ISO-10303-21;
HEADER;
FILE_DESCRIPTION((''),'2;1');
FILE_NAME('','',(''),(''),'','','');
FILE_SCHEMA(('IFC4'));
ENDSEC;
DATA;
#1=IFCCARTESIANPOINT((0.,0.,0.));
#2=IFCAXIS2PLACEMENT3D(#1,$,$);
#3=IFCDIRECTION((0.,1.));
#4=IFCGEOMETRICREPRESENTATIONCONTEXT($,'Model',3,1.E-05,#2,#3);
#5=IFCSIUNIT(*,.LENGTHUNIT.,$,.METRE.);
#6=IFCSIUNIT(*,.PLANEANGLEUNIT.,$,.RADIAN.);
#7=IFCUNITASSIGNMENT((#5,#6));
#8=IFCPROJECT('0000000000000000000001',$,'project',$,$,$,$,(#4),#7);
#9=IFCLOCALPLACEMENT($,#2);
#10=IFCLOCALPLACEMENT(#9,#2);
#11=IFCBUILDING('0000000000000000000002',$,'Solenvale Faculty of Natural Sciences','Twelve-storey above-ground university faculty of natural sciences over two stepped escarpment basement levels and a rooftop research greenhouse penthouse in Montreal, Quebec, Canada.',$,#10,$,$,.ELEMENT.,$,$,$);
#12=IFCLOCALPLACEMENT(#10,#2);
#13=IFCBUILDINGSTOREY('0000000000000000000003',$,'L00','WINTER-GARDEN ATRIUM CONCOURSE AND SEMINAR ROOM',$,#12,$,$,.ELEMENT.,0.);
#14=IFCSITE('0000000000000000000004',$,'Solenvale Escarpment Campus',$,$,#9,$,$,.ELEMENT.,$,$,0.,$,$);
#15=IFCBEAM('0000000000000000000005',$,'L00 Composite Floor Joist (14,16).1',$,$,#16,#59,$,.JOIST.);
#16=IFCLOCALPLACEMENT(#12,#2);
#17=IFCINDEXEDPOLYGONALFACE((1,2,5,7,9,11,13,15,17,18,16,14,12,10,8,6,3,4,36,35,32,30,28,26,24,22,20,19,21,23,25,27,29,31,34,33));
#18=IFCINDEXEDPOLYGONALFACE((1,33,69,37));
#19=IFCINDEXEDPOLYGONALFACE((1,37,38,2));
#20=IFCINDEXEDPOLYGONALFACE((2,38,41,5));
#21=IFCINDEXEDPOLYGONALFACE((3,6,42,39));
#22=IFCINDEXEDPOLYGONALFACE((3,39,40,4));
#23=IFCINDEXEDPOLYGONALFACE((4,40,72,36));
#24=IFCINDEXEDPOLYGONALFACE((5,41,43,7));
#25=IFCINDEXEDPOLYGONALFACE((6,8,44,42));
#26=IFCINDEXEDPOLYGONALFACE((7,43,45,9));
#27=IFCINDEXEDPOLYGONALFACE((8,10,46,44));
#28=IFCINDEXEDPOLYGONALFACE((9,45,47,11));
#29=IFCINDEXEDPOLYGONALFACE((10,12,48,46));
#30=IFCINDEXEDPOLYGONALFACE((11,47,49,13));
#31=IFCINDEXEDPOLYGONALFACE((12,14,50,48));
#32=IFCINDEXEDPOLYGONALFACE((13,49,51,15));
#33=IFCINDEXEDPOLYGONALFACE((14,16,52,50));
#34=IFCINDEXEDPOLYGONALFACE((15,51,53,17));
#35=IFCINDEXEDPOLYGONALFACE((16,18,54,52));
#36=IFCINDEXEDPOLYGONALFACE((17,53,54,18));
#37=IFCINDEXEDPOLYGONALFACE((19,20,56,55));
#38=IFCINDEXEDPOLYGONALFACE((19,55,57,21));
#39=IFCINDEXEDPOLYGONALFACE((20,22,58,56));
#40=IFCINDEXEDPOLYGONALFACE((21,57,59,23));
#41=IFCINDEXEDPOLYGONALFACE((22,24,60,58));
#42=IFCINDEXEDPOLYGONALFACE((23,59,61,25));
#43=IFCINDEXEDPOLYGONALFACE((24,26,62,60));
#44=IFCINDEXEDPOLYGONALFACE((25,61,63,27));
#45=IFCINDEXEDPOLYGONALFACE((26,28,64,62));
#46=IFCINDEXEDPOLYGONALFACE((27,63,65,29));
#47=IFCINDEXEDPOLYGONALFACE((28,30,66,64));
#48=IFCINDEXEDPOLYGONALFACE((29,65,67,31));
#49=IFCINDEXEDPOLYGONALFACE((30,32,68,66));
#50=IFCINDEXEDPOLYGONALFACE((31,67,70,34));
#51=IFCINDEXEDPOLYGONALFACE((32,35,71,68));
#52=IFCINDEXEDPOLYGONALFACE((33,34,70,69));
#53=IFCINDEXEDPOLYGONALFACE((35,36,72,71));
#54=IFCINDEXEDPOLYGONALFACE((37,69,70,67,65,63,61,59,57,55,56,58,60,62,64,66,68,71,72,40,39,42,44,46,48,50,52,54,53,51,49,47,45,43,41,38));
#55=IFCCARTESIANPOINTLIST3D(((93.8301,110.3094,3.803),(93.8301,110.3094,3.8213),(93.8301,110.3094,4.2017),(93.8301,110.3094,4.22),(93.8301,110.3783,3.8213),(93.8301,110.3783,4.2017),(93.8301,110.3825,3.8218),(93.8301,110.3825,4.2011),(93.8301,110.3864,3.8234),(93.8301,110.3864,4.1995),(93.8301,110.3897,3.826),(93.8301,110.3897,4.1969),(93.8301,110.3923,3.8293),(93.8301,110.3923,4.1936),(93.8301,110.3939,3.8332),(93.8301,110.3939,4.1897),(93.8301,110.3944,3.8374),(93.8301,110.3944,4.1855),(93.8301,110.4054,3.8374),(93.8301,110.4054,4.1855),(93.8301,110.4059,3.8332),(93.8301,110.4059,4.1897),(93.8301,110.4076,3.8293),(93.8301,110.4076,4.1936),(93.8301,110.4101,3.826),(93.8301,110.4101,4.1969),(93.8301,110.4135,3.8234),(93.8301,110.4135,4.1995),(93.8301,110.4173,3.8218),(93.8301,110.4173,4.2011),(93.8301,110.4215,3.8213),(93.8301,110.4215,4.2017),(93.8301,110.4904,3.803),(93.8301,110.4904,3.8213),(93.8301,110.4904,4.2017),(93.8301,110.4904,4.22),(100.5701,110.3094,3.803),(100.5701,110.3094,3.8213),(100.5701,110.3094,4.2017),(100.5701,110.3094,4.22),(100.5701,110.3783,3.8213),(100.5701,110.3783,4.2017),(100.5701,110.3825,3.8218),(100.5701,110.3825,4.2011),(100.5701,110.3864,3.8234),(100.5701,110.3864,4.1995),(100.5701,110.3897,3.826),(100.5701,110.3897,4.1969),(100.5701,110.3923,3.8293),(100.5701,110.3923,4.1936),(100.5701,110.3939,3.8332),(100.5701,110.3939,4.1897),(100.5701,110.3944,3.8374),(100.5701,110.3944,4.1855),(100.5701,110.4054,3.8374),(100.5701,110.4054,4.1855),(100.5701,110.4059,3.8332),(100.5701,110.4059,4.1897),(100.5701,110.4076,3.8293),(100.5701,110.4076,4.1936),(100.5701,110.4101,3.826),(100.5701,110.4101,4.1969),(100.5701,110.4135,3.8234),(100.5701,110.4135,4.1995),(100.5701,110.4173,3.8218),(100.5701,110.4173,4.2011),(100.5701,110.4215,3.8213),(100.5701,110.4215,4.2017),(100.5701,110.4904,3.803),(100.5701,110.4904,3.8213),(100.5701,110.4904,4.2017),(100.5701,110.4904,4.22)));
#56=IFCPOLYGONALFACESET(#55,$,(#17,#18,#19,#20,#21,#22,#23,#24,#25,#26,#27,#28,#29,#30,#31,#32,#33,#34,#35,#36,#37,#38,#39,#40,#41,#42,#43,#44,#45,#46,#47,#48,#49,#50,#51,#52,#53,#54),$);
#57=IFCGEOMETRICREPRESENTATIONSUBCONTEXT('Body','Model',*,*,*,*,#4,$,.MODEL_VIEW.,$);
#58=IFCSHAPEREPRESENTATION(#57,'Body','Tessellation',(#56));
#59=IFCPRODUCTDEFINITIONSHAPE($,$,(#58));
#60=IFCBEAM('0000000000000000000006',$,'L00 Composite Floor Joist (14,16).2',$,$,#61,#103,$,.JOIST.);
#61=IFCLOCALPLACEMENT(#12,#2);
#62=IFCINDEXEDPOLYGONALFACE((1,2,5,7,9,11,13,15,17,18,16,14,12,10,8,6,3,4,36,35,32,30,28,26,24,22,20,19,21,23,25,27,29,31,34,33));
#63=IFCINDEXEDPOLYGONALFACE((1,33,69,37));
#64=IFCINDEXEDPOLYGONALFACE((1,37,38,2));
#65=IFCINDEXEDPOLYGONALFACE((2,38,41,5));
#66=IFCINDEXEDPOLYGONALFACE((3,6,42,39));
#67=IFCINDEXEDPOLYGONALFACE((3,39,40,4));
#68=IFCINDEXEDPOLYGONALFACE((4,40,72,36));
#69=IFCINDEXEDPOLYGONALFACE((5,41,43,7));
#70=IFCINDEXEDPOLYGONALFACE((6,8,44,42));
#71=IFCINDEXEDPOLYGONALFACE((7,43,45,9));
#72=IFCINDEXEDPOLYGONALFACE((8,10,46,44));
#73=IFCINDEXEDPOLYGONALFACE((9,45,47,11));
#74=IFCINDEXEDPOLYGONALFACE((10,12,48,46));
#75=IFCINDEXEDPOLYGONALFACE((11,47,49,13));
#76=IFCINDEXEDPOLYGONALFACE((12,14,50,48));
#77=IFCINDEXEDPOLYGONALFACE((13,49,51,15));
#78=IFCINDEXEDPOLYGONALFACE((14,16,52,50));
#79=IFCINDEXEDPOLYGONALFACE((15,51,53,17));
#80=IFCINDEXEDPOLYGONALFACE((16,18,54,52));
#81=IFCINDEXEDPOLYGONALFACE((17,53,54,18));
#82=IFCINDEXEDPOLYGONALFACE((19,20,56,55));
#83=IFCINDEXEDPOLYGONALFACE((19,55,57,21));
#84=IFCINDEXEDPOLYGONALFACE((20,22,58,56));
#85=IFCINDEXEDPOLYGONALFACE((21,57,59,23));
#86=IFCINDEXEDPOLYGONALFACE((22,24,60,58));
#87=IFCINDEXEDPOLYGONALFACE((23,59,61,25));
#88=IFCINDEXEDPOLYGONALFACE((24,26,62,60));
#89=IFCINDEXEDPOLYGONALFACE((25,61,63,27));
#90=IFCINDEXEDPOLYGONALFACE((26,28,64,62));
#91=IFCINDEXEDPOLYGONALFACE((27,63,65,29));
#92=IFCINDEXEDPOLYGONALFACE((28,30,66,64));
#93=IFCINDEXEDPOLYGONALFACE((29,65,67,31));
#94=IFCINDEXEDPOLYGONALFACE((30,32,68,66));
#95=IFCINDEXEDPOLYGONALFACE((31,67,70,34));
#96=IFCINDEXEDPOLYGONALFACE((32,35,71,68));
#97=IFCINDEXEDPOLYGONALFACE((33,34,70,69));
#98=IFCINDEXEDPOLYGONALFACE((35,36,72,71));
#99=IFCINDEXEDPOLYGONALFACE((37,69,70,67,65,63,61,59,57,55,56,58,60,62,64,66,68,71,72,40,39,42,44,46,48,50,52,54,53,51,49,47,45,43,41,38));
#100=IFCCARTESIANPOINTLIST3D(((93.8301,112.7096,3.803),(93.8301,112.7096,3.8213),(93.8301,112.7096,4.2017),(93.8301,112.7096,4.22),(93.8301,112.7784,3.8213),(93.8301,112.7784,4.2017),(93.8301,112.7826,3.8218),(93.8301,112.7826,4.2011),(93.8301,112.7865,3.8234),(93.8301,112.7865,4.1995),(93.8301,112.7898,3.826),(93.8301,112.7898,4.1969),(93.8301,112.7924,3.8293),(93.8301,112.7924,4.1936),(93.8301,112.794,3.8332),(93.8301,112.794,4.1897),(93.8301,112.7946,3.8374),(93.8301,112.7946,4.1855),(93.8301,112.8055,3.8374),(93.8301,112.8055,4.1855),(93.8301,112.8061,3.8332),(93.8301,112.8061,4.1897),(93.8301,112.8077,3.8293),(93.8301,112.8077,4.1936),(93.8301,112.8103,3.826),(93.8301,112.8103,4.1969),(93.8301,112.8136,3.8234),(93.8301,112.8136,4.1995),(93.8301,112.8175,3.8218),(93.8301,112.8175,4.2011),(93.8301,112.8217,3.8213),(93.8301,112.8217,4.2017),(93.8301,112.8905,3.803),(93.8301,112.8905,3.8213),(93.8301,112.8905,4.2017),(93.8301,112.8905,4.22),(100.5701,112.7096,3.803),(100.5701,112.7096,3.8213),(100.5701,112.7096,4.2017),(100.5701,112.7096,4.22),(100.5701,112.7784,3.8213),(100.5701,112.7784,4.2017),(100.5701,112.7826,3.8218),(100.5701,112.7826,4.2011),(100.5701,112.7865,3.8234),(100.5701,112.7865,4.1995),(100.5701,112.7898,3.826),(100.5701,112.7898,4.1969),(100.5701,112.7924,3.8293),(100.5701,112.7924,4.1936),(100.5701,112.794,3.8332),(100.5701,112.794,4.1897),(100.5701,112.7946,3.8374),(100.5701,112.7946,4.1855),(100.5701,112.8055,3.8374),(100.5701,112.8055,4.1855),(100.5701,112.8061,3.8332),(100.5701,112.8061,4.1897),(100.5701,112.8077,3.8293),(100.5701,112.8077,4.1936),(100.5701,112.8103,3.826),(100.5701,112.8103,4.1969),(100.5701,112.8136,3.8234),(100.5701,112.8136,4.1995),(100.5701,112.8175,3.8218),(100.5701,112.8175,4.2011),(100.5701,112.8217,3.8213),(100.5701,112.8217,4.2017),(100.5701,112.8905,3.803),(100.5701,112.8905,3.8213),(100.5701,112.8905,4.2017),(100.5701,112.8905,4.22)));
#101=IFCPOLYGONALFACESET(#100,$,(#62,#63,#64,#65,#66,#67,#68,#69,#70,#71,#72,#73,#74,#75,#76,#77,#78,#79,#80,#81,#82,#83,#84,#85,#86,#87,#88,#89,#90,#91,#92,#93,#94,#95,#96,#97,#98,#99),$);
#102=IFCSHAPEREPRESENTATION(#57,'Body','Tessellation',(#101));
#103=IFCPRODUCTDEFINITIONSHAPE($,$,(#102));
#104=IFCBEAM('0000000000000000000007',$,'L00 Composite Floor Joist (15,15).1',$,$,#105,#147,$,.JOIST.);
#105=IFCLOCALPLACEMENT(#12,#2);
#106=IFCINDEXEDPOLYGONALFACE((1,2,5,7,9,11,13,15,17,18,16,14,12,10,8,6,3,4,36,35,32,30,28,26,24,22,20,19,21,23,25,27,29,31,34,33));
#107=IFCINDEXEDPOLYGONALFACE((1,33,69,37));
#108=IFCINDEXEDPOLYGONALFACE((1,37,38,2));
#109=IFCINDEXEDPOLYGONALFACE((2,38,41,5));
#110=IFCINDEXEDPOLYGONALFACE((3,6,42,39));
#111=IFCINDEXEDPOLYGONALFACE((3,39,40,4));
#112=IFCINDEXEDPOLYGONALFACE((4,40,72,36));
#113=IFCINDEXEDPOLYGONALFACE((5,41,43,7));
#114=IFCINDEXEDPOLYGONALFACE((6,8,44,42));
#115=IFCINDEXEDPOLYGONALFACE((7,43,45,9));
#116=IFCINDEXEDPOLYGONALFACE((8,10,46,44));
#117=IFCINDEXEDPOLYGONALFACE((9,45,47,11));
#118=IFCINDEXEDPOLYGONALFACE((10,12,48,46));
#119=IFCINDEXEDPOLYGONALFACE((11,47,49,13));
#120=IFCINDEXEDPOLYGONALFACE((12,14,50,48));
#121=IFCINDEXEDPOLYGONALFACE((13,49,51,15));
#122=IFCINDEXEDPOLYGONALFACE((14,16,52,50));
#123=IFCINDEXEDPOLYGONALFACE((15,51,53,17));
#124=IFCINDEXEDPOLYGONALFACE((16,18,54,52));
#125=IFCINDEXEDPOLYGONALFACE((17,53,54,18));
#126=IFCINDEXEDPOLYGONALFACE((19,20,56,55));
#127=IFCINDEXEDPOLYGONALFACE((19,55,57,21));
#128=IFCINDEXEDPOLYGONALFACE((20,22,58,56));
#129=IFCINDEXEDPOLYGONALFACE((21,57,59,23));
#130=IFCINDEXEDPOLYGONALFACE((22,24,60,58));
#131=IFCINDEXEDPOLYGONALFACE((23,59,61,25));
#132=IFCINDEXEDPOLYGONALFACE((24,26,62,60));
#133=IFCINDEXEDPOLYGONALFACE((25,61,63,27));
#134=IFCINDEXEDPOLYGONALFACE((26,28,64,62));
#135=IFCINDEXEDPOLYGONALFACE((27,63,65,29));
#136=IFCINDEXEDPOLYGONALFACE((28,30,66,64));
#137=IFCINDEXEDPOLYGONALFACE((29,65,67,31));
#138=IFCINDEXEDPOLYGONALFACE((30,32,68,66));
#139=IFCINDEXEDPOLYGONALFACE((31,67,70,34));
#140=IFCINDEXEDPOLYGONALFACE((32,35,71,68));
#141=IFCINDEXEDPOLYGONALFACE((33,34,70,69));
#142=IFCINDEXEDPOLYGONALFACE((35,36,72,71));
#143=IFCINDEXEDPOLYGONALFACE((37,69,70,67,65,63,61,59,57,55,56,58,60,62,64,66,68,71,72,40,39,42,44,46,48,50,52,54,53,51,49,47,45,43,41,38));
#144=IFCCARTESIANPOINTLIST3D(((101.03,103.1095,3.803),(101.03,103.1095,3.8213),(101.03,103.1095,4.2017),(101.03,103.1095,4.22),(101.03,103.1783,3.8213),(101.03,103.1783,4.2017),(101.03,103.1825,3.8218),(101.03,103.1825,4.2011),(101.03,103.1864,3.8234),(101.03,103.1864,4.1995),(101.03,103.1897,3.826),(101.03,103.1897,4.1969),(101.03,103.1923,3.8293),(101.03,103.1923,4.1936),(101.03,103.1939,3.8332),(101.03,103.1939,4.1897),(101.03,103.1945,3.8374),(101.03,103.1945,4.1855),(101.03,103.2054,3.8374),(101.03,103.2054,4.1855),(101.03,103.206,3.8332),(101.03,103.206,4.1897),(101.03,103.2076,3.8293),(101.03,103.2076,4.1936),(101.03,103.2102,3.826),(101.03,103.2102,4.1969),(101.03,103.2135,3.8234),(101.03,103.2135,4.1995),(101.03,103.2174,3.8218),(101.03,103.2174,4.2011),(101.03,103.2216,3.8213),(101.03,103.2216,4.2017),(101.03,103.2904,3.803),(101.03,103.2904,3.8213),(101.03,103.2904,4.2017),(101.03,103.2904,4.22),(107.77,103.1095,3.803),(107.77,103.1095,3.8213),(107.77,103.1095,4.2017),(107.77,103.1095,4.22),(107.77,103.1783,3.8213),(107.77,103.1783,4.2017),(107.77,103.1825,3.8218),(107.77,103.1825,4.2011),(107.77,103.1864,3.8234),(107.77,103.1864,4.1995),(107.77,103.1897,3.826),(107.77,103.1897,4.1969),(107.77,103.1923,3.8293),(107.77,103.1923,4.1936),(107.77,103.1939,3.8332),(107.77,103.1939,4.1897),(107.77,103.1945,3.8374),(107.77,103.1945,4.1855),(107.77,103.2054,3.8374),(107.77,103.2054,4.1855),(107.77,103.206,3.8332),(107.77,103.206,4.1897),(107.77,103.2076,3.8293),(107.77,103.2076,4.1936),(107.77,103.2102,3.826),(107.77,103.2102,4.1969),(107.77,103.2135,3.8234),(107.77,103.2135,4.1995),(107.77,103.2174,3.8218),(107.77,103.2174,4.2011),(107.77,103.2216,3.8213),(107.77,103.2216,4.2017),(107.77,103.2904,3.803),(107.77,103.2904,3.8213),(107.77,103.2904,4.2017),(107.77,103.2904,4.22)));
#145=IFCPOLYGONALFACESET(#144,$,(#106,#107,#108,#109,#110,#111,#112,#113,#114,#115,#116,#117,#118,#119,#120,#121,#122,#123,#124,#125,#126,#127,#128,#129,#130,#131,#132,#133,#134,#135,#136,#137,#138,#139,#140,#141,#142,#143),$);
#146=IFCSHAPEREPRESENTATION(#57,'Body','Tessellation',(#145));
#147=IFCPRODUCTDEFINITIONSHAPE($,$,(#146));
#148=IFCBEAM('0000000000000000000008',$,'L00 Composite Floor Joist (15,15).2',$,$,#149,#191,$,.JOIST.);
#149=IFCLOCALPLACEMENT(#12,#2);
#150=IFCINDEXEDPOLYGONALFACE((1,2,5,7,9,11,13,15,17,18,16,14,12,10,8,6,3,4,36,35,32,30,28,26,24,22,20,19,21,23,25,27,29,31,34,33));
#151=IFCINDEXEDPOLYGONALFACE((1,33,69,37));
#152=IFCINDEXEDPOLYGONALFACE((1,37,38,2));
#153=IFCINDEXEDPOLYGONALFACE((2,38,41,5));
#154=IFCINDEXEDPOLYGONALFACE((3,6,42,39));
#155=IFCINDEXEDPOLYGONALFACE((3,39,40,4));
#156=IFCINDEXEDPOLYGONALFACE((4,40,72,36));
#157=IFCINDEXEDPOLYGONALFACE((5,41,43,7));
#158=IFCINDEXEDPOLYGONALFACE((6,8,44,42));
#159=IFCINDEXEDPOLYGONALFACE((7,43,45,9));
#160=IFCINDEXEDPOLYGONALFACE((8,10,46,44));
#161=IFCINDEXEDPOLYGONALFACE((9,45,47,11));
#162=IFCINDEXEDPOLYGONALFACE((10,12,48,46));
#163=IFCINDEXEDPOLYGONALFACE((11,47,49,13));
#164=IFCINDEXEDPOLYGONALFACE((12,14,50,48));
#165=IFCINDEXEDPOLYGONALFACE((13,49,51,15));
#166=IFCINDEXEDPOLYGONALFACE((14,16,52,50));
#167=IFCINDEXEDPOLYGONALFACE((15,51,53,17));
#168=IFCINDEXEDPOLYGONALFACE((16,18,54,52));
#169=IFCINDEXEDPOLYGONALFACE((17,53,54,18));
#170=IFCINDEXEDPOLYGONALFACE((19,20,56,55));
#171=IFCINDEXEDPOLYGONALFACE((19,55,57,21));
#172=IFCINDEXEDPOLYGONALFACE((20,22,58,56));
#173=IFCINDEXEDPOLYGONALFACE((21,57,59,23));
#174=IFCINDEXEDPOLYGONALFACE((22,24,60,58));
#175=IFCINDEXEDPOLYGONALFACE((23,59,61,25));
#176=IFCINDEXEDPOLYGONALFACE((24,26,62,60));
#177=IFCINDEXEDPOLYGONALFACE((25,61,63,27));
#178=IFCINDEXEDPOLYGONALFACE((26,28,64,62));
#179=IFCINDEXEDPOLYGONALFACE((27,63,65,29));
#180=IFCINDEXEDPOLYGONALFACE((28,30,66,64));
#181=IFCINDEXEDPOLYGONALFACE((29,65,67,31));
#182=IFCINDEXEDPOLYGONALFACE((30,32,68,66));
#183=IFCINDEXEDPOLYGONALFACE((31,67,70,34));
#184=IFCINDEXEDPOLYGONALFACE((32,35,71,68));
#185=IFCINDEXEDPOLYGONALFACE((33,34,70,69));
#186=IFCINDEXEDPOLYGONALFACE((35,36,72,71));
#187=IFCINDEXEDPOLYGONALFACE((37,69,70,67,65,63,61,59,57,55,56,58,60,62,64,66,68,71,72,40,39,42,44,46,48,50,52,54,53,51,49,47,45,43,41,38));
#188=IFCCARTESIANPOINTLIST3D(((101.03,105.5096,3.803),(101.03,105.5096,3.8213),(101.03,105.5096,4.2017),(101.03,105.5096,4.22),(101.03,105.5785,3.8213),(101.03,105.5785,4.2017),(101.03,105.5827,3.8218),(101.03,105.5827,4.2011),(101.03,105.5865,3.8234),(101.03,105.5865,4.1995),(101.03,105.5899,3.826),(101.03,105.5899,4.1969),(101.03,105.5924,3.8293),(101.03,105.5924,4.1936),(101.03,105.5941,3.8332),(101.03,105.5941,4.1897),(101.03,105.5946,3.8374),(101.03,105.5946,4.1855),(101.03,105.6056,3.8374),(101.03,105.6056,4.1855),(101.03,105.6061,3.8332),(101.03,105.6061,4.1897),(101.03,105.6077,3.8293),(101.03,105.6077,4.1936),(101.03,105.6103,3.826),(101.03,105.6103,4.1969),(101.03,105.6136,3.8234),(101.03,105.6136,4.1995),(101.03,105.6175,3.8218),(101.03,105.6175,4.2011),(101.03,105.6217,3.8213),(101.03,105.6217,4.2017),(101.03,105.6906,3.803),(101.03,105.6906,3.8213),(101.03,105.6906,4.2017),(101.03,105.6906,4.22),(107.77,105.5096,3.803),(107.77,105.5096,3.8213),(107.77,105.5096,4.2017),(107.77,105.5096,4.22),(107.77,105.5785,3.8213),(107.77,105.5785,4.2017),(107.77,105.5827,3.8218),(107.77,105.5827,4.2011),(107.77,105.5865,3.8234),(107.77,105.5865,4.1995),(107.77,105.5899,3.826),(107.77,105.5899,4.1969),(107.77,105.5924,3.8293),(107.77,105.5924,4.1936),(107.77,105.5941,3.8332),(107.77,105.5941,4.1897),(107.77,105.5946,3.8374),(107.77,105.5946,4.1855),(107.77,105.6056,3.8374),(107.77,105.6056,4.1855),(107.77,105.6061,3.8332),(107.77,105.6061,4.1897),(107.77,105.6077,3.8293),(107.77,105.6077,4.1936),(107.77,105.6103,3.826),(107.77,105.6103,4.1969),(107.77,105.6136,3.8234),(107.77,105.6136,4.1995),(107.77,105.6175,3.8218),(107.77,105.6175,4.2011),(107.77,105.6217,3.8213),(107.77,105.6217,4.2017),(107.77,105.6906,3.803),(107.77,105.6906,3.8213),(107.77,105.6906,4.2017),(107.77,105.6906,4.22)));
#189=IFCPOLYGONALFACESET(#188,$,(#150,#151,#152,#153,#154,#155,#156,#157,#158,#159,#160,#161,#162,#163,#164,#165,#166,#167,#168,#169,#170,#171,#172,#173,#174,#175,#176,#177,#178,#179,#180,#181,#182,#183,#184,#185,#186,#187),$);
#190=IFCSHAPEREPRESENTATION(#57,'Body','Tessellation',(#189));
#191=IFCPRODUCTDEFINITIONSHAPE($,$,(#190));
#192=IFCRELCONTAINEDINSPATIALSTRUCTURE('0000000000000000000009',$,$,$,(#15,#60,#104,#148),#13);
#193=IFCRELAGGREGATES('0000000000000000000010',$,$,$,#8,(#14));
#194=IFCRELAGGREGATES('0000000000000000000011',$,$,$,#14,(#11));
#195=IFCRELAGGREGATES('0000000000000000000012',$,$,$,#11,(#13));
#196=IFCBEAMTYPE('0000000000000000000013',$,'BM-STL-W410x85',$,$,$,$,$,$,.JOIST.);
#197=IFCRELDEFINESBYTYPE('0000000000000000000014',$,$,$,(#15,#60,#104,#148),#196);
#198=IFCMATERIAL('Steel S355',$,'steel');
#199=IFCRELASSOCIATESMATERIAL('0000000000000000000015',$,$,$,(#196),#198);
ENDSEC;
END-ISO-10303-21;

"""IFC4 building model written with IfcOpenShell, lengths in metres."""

from ifc_helpers import new_model, si_unit, direction, frame, origin, origin_2d, place, context, subcontext, project, spatial, i_section, extrude, material, material_profile, profile_set, type_object, element, save


model = new_model("IFC4")

# Units and contexts
model_context = context("Model", 3, precision=1e-05, world=origin(), true_north=direction((0.0, 1.0)))
body_context = subcontext(model_context, "Body", "Model", "MODEL_VIEW")
ifc_project = project(units=[si_unit("LENGTHUNIT", "METRE"), si_unit("PLANEANGLEUNIT", "RADIAN")], contexts=[model_context])

# Site, building, storey
site_placement = place(None, origin())
site = spatial("IfcSite", under=ifc_project, at=site_placement, Name="Solenvale Escarpment Campus", CompositionType="ELEMENT", RefElevation=0.0)
building_placement = place(site_placement, origin())
building = spatial("IfcBuilding", under=site, at=building_placement, Name="Solenvale Faculty of Natural Sciences", Description="Twelve-storey above-ground university faculty of natural sciences over two stepped escarpment basement levels and a rooftop research greenhouse penthouse in Montreal, Quebec, Canada.", CompositionType="ELEMENT")
storey_placement = place(building_placement, origin())
storey = spatial("IfcBuildingStorey", under=building, at=storey_placement, Name="L00", Description="WINTER-GARDEN ATRIUM CONCOURSE AND SEMINAR ROOM", CompositionType="ELEMENT", Elevation=0.0)

# Beams
ifc_material_1 = material(Name="Steel S355", Category="steel")
ifc_material_profile_1 = material_profile(ifc_material_1, i_section(OverallWidth=0.1809, OverallDepth=0.417, WebThickness=0.011, FlangeThickness=0.0183, FilletRadius=0.0161, at=origin_2d()), Name="W410x85")
ifc_profile_set_1 = profile_set([ifc_material_profile_1], Name="Steel S355")
beam_type_1 = type_object("IfcBeamType", Name="BM-STL-W410x85", PredefinedType="JOIST", material=ifc_profile_set_1)
for number, where, z_axis, x_axis, name in (
    (1, (93.8301, 110.3999, 4.0115), (1.0, 0.0, 0.0), (0.0, 1.0, 0.0), "L00 Composite Floor Joist (14,16).1"),
    (2, (93.8301, 112.8, 4.0115), (1.0, 0.0, 0.0), (0.0, 1.0, 0.0), "L00 Composite Floor Joist (14,16).2"),
    (3, (101.03, 103.2, 4.0115), (1.0, 0.0, 0.0), (0.0, 1.0, 0.0), "L00 Composite Floor Joist (15,15).1"),
    (4, (101.03, 105.6001, 4.0115), (1.0, 0.0, 0.0), (0.0, 1.0, 0.0), "L00 Composite Floor Joist (15,15).2"),
):
    element("IfcBeam", number, at=place(storey_placement, frame(where, z_axis=z_axis, x_axis=x_axis)), inside=storey, type_object=beam_type_1, Name=name, PredefinedType="JOIST", context=body_context, shape_type="SweptSolid", body=[
        extrude(i_section(OverallWidth=0.1809, OverallDepth=0.417, WebThickness=0.011, FlangeThickness=0.0183, FilletRadius=0.0161, at=origin_2d()), origin(), (0.0, 0.0, 1.0), 6.74),
    ])

save(model, "model.ifc")
